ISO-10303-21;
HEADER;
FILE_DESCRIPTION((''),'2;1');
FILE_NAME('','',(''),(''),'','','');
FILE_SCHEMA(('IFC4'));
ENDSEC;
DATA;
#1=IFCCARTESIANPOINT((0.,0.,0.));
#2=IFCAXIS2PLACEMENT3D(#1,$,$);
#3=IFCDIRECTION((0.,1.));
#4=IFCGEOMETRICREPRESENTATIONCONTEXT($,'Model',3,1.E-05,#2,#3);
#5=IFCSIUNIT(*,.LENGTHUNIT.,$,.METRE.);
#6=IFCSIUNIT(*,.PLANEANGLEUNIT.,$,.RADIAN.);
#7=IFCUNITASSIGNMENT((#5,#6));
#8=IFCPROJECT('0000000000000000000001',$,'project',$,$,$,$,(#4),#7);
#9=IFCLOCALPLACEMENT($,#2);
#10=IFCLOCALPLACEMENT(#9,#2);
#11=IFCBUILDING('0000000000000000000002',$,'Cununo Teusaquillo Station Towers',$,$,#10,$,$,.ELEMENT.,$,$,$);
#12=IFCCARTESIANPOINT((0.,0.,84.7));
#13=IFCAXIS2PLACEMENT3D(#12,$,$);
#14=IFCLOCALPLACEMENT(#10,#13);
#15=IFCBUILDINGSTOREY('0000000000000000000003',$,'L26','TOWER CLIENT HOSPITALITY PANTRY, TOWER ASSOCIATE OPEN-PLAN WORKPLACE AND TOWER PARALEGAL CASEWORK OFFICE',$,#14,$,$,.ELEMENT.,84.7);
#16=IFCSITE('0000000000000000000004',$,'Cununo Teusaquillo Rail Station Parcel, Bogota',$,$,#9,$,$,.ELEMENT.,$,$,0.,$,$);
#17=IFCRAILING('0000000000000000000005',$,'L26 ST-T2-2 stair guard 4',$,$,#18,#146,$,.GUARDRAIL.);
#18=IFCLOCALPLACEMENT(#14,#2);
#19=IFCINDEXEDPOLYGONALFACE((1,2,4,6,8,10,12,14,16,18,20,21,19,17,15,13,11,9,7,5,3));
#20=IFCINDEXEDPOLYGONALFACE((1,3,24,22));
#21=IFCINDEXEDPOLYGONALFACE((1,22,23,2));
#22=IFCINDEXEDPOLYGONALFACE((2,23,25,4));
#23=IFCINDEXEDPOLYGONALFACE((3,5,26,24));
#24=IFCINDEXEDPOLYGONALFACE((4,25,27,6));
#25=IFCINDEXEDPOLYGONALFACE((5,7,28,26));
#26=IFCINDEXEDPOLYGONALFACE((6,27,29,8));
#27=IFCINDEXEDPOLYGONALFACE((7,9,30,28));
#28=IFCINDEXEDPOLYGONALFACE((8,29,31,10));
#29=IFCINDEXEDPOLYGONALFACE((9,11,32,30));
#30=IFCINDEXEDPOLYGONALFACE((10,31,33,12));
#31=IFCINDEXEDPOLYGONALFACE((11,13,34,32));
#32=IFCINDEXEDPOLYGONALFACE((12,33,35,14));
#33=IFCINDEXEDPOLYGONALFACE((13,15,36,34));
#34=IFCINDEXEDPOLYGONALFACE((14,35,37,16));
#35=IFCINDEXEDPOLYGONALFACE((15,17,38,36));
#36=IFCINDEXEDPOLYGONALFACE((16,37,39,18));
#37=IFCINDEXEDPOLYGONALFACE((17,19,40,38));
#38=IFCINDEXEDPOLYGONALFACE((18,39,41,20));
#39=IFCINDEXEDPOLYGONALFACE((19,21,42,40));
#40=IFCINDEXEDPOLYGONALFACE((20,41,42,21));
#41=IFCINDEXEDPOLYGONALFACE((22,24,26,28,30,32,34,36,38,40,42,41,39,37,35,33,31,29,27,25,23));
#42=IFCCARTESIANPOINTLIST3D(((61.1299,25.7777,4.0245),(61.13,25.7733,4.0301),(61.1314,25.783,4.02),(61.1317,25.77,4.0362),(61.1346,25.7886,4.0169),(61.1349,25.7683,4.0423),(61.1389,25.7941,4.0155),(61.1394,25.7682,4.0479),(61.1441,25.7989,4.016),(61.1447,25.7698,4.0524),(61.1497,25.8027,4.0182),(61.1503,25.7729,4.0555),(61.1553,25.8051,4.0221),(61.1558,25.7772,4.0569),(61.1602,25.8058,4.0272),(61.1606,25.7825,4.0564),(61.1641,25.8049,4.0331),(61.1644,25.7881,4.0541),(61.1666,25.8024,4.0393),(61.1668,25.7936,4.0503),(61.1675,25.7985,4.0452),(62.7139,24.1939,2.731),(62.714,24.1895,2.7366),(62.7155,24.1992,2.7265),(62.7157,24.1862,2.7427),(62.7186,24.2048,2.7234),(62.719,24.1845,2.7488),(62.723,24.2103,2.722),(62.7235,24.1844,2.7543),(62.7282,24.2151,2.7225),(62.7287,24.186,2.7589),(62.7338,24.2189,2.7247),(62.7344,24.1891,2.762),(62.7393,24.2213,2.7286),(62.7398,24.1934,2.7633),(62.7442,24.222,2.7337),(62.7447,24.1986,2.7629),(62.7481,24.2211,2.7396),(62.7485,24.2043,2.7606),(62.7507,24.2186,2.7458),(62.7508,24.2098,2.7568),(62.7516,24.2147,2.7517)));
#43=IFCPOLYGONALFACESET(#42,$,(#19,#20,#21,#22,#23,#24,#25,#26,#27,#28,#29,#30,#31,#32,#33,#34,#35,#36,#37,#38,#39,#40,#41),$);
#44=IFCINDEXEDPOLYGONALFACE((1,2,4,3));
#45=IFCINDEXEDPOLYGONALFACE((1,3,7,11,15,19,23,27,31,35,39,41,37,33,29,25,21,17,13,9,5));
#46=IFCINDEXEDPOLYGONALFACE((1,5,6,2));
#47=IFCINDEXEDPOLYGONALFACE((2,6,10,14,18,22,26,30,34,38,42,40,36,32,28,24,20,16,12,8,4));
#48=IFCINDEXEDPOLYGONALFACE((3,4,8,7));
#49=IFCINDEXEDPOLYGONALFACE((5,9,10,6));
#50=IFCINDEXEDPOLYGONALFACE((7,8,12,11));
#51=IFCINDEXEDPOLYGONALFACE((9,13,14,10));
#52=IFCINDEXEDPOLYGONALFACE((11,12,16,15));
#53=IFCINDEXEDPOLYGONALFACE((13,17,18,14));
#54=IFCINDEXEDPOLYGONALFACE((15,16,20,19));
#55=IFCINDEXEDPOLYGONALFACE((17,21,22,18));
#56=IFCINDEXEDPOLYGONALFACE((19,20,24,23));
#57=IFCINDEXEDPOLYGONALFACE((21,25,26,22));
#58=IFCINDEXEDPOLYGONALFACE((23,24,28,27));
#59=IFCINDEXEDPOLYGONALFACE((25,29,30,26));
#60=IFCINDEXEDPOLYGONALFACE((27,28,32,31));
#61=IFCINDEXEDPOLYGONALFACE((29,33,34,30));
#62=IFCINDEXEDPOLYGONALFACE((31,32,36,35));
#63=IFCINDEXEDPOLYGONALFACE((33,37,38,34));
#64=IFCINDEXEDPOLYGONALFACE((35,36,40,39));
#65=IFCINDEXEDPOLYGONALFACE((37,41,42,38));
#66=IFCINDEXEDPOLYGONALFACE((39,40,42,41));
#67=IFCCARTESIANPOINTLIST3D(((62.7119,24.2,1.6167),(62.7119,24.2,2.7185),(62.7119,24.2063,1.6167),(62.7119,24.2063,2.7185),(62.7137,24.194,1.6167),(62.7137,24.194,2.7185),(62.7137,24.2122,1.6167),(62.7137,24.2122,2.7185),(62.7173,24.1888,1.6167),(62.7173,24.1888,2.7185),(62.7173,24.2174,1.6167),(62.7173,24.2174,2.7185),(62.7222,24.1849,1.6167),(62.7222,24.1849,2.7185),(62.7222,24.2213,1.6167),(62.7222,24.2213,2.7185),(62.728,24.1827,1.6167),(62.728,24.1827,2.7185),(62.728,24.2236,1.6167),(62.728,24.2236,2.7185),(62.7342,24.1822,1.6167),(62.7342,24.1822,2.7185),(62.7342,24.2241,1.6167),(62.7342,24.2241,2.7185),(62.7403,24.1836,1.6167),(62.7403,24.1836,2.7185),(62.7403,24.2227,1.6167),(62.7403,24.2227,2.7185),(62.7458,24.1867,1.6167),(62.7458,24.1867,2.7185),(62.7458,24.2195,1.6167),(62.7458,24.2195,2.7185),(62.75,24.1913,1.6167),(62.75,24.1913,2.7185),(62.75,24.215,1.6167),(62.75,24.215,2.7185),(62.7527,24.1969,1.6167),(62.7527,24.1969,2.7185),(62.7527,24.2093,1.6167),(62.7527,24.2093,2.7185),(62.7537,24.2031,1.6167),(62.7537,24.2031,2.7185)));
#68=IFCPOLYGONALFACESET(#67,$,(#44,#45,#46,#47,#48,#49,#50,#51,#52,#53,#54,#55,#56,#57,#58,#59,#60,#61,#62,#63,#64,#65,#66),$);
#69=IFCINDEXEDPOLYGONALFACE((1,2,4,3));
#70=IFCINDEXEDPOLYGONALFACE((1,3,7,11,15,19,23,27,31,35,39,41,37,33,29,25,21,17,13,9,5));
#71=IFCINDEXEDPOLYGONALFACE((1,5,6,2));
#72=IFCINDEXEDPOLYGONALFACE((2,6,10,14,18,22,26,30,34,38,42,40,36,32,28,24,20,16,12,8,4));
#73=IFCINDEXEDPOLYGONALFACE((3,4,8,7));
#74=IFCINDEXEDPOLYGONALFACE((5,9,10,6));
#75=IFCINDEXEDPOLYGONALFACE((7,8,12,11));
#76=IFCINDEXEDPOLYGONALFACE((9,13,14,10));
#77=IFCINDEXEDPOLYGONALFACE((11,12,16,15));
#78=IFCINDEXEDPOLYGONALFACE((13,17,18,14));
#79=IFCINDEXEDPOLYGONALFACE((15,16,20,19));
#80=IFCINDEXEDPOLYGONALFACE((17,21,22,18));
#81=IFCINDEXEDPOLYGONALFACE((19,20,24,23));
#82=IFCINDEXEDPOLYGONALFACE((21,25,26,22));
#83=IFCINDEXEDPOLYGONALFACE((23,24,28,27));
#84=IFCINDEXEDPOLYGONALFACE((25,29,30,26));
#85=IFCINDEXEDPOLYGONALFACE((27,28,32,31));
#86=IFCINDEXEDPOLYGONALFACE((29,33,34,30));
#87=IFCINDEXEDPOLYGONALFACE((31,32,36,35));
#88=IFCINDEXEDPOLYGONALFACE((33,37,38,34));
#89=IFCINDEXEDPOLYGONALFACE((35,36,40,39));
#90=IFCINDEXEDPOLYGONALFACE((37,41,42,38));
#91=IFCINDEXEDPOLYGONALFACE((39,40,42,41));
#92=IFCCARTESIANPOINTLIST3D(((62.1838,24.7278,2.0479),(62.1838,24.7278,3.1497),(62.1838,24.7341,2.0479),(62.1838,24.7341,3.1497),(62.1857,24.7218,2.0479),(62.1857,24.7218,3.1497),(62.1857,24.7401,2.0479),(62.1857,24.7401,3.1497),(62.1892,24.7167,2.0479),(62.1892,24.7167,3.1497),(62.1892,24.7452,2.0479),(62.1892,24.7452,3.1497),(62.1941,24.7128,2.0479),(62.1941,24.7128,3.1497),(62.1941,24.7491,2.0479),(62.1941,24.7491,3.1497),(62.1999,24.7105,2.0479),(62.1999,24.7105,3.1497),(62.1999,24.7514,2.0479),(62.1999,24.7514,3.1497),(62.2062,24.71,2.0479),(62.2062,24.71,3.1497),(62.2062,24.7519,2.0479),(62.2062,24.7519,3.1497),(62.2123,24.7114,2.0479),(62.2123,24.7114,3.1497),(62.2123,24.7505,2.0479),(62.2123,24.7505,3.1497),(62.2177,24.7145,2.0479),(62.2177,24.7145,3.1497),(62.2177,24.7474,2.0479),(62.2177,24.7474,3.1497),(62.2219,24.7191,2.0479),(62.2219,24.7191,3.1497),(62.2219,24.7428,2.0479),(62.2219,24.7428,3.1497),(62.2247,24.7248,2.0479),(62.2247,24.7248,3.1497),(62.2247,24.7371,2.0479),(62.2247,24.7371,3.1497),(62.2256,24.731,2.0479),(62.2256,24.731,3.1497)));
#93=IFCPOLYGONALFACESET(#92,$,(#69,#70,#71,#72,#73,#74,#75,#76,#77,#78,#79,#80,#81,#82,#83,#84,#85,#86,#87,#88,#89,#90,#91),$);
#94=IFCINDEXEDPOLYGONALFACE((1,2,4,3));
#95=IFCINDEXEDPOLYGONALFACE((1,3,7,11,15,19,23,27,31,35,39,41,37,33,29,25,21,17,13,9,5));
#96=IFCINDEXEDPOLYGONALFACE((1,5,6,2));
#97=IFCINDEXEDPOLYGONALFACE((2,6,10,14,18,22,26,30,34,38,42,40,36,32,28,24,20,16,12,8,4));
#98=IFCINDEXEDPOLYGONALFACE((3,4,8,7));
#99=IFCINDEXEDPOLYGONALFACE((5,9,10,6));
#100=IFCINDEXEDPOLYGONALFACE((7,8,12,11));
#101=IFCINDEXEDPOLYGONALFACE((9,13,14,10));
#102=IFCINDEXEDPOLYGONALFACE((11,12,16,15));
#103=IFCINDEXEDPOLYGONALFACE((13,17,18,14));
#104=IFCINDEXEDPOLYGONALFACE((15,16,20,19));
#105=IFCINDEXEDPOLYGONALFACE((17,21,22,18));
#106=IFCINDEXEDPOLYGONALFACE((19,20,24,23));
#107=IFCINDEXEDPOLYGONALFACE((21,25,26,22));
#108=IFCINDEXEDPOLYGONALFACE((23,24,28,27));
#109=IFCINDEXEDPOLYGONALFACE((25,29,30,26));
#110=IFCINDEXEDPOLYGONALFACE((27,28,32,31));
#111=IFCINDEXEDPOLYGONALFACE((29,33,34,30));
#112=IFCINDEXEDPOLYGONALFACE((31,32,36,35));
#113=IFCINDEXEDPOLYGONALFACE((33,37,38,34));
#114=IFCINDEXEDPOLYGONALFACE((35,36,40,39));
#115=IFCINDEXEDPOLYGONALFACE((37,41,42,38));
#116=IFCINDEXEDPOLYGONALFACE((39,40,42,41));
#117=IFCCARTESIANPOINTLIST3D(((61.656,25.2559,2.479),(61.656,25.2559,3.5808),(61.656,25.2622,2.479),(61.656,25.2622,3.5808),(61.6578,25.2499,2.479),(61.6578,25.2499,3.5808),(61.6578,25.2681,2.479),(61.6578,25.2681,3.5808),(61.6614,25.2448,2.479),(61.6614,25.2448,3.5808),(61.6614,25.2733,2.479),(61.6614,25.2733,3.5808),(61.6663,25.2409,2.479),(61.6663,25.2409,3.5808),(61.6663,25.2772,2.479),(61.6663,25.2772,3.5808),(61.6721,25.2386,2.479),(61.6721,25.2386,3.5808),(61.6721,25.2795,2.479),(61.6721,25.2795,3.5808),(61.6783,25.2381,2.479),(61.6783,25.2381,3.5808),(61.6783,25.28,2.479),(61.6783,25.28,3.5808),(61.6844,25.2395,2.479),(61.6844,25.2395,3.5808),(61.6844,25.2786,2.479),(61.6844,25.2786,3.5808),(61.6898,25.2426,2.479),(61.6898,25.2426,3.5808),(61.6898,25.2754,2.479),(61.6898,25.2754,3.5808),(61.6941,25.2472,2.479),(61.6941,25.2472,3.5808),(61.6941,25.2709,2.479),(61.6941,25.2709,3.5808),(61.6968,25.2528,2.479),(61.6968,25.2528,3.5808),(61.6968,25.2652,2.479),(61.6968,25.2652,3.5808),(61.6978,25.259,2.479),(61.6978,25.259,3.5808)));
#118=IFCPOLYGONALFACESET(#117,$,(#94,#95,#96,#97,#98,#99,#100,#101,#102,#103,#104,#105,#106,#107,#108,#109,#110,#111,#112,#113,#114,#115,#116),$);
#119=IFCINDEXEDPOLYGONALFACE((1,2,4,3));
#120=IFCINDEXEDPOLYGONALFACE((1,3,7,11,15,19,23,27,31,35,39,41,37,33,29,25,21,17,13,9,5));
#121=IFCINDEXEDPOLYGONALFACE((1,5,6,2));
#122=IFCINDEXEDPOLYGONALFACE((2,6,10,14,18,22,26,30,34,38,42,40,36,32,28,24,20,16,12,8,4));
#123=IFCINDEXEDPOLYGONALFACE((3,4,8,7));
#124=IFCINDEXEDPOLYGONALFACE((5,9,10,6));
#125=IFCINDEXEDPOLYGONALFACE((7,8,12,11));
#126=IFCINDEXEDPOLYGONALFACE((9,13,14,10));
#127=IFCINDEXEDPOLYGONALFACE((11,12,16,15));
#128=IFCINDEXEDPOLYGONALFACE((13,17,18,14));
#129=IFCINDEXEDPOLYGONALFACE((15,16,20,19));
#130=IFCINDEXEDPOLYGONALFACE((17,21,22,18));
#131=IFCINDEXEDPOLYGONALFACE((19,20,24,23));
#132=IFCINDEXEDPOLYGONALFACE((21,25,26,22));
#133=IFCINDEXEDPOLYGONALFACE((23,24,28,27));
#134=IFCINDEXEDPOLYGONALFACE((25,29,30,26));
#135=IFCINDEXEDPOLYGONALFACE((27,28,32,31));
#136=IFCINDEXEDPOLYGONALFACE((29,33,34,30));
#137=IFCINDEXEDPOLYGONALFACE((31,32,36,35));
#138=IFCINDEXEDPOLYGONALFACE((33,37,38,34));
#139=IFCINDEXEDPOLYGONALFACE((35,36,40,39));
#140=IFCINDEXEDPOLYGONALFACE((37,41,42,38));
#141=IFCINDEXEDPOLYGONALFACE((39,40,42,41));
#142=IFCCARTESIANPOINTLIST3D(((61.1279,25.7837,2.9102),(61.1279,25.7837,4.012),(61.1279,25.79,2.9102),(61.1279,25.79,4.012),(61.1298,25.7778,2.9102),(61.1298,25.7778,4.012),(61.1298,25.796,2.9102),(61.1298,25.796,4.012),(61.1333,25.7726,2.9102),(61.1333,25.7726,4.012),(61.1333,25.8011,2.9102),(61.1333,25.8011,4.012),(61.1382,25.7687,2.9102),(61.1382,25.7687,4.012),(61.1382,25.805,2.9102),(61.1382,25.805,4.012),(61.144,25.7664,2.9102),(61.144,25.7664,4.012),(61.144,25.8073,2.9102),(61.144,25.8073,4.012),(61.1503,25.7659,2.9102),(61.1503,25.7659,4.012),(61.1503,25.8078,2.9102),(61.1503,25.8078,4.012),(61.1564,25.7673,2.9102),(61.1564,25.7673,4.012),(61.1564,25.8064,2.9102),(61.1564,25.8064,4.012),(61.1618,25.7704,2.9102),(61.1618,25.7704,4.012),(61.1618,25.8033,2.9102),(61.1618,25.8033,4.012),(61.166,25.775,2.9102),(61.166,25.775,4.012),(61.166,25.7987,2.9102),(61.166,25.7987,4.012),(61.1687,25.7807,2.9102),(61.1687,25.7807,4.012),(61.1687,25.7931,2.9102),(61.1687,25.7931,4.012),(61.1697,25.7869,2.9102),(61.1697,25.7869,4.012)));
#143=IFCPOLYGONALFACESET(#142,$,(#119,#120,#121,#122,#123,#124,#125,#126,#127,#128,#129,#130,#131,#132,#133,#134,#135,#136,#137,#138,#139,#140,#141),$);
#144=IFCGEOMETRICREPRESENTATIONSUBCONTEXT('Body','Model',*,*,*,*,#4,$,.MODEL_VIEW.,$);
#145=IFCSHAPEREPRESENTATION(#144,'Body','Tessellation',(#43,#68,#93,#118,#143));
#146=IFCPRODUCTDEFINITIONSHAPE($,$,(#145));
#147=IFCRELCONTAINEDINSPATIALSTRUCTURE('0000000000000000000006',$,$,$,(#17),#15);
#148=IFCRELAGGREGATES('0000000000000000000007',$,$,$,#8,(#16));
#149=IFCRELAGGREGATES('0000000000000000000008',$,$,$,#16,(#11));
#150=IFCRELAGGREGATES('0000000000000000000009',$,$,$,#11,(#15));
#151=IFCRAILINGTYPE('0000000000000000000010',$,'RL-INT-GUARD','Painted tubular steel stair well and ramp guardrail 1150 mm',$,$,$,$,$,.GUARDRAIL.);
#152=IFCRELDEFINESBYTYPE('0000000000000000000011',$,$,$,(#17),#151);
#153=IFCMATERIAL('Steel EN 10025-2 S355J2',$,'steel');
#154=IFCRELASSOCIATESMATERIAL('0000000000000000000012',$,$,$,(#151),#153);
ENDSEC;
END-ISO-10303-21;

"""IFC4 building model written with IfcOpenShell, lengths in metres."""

from ifc_helpers import new_model, si_unit, direction, frame, origin, origin_2d, place, context, subcontext, project, spatial, circle, extrude, material, type_object, element, save


model = new_model("IFC4")

# Units and contexts
model_context = context("Model", 3, precision=1e-05, world=origin(), true_north=direction((0.0, 1.0)))
body_context = subcontext(model_context, "Body", "Model", "MODEL_VIEW")
ifc_project = project(units=[si_unit("LENGTHUNIT", "METRE"), si_unit("PLANEANGLEUNIT", "RADIAN")], contexts=[model_context])

# Site, building, storey
site_placement = place(None, origin())
site = spatial("IfcSite", under=ifc_project, at=site_placement, Name="Cununo Teusaquillo Rail Station Parcel, Bogota", CompositionType="ELEMENT", RefElevation=0.0)
building_placement = place(site_placement, origin())
building = spatial("IfcBuilding", under=site, at=building_placement, Name="Cununo Teusaquillo Station Towers", CompositionType="ELEMENT")
storey_placement = place(building_placement, frame((0.0, 0.0, 84.7)))
storey = spatial("IfcBuildingStorey", under=building, at=storey_placement, Name="L26", Description="TOWER CLIENT HOSPITALITY PANTRY, TOWER ASSOCIATE OPEN-PLAN WORKPLACE AND TOWER PARALEGAL CASEWORK OFFICE", CompositionType="ELEMENT", Elevation=84.7)

# Railing
ifc_material_1 = material(Name="Steel EN 10025-2 S355J2", Category="steel")
railing_type_1 = type_object("IfcRailingType", Name="RL-INT-GUARD", Description="Painted tubular steel stair well and ramp guardrail 1150 mm", PredefinedType="GUARDRAIL", material=ifc_material_1)
railing_1_placement = place(storey_placement, frame((62.7327, 24.2031, 1.6167)))
element("IfcRailing", 1, at=railing_1_placement, inside=storey, type_object=railing_type_1, Name="L26 ST-T2-2 stair guard 4", PredefinedType="GUARDRAIL", context=body_context, shape_type="SweptSolid", body=[
    extrude(circle(Radius=0.0239, at=origin_2d()), frame((0.0, 0.0, 1.126), z_axis=(-0.612391, 0.612297, 0.500069), x_axis=(-0.707052, -0.707161, 0.0)), (0.0, 0.0, 1.0), 2.5867),
    extrude(circle(Radius=0.021, at=origin_2d()), origin(), (0.0, 0.0, 1.0), 1.1018),
    extrude(circle(Radius=0.021, at=origin_2d()), frame((-0.5281, 0.5278, 0.4312)), (0.0, 0.0, 1.0), 1.1018),
    extrude(circle(Radius=0.021, at=origin_2d()), frame((-1.0559, 1.0559, 0.8623)), (0.0, 0.0, 1.0), 1.1018),
    extrude(circle(Radius=0.021, at=origin_2d()), frame((-1.584, 1.5837, 1.2935)), (0.0, 0.0, 1.0), 1.1018),
])

save(model, "model.ifc")
